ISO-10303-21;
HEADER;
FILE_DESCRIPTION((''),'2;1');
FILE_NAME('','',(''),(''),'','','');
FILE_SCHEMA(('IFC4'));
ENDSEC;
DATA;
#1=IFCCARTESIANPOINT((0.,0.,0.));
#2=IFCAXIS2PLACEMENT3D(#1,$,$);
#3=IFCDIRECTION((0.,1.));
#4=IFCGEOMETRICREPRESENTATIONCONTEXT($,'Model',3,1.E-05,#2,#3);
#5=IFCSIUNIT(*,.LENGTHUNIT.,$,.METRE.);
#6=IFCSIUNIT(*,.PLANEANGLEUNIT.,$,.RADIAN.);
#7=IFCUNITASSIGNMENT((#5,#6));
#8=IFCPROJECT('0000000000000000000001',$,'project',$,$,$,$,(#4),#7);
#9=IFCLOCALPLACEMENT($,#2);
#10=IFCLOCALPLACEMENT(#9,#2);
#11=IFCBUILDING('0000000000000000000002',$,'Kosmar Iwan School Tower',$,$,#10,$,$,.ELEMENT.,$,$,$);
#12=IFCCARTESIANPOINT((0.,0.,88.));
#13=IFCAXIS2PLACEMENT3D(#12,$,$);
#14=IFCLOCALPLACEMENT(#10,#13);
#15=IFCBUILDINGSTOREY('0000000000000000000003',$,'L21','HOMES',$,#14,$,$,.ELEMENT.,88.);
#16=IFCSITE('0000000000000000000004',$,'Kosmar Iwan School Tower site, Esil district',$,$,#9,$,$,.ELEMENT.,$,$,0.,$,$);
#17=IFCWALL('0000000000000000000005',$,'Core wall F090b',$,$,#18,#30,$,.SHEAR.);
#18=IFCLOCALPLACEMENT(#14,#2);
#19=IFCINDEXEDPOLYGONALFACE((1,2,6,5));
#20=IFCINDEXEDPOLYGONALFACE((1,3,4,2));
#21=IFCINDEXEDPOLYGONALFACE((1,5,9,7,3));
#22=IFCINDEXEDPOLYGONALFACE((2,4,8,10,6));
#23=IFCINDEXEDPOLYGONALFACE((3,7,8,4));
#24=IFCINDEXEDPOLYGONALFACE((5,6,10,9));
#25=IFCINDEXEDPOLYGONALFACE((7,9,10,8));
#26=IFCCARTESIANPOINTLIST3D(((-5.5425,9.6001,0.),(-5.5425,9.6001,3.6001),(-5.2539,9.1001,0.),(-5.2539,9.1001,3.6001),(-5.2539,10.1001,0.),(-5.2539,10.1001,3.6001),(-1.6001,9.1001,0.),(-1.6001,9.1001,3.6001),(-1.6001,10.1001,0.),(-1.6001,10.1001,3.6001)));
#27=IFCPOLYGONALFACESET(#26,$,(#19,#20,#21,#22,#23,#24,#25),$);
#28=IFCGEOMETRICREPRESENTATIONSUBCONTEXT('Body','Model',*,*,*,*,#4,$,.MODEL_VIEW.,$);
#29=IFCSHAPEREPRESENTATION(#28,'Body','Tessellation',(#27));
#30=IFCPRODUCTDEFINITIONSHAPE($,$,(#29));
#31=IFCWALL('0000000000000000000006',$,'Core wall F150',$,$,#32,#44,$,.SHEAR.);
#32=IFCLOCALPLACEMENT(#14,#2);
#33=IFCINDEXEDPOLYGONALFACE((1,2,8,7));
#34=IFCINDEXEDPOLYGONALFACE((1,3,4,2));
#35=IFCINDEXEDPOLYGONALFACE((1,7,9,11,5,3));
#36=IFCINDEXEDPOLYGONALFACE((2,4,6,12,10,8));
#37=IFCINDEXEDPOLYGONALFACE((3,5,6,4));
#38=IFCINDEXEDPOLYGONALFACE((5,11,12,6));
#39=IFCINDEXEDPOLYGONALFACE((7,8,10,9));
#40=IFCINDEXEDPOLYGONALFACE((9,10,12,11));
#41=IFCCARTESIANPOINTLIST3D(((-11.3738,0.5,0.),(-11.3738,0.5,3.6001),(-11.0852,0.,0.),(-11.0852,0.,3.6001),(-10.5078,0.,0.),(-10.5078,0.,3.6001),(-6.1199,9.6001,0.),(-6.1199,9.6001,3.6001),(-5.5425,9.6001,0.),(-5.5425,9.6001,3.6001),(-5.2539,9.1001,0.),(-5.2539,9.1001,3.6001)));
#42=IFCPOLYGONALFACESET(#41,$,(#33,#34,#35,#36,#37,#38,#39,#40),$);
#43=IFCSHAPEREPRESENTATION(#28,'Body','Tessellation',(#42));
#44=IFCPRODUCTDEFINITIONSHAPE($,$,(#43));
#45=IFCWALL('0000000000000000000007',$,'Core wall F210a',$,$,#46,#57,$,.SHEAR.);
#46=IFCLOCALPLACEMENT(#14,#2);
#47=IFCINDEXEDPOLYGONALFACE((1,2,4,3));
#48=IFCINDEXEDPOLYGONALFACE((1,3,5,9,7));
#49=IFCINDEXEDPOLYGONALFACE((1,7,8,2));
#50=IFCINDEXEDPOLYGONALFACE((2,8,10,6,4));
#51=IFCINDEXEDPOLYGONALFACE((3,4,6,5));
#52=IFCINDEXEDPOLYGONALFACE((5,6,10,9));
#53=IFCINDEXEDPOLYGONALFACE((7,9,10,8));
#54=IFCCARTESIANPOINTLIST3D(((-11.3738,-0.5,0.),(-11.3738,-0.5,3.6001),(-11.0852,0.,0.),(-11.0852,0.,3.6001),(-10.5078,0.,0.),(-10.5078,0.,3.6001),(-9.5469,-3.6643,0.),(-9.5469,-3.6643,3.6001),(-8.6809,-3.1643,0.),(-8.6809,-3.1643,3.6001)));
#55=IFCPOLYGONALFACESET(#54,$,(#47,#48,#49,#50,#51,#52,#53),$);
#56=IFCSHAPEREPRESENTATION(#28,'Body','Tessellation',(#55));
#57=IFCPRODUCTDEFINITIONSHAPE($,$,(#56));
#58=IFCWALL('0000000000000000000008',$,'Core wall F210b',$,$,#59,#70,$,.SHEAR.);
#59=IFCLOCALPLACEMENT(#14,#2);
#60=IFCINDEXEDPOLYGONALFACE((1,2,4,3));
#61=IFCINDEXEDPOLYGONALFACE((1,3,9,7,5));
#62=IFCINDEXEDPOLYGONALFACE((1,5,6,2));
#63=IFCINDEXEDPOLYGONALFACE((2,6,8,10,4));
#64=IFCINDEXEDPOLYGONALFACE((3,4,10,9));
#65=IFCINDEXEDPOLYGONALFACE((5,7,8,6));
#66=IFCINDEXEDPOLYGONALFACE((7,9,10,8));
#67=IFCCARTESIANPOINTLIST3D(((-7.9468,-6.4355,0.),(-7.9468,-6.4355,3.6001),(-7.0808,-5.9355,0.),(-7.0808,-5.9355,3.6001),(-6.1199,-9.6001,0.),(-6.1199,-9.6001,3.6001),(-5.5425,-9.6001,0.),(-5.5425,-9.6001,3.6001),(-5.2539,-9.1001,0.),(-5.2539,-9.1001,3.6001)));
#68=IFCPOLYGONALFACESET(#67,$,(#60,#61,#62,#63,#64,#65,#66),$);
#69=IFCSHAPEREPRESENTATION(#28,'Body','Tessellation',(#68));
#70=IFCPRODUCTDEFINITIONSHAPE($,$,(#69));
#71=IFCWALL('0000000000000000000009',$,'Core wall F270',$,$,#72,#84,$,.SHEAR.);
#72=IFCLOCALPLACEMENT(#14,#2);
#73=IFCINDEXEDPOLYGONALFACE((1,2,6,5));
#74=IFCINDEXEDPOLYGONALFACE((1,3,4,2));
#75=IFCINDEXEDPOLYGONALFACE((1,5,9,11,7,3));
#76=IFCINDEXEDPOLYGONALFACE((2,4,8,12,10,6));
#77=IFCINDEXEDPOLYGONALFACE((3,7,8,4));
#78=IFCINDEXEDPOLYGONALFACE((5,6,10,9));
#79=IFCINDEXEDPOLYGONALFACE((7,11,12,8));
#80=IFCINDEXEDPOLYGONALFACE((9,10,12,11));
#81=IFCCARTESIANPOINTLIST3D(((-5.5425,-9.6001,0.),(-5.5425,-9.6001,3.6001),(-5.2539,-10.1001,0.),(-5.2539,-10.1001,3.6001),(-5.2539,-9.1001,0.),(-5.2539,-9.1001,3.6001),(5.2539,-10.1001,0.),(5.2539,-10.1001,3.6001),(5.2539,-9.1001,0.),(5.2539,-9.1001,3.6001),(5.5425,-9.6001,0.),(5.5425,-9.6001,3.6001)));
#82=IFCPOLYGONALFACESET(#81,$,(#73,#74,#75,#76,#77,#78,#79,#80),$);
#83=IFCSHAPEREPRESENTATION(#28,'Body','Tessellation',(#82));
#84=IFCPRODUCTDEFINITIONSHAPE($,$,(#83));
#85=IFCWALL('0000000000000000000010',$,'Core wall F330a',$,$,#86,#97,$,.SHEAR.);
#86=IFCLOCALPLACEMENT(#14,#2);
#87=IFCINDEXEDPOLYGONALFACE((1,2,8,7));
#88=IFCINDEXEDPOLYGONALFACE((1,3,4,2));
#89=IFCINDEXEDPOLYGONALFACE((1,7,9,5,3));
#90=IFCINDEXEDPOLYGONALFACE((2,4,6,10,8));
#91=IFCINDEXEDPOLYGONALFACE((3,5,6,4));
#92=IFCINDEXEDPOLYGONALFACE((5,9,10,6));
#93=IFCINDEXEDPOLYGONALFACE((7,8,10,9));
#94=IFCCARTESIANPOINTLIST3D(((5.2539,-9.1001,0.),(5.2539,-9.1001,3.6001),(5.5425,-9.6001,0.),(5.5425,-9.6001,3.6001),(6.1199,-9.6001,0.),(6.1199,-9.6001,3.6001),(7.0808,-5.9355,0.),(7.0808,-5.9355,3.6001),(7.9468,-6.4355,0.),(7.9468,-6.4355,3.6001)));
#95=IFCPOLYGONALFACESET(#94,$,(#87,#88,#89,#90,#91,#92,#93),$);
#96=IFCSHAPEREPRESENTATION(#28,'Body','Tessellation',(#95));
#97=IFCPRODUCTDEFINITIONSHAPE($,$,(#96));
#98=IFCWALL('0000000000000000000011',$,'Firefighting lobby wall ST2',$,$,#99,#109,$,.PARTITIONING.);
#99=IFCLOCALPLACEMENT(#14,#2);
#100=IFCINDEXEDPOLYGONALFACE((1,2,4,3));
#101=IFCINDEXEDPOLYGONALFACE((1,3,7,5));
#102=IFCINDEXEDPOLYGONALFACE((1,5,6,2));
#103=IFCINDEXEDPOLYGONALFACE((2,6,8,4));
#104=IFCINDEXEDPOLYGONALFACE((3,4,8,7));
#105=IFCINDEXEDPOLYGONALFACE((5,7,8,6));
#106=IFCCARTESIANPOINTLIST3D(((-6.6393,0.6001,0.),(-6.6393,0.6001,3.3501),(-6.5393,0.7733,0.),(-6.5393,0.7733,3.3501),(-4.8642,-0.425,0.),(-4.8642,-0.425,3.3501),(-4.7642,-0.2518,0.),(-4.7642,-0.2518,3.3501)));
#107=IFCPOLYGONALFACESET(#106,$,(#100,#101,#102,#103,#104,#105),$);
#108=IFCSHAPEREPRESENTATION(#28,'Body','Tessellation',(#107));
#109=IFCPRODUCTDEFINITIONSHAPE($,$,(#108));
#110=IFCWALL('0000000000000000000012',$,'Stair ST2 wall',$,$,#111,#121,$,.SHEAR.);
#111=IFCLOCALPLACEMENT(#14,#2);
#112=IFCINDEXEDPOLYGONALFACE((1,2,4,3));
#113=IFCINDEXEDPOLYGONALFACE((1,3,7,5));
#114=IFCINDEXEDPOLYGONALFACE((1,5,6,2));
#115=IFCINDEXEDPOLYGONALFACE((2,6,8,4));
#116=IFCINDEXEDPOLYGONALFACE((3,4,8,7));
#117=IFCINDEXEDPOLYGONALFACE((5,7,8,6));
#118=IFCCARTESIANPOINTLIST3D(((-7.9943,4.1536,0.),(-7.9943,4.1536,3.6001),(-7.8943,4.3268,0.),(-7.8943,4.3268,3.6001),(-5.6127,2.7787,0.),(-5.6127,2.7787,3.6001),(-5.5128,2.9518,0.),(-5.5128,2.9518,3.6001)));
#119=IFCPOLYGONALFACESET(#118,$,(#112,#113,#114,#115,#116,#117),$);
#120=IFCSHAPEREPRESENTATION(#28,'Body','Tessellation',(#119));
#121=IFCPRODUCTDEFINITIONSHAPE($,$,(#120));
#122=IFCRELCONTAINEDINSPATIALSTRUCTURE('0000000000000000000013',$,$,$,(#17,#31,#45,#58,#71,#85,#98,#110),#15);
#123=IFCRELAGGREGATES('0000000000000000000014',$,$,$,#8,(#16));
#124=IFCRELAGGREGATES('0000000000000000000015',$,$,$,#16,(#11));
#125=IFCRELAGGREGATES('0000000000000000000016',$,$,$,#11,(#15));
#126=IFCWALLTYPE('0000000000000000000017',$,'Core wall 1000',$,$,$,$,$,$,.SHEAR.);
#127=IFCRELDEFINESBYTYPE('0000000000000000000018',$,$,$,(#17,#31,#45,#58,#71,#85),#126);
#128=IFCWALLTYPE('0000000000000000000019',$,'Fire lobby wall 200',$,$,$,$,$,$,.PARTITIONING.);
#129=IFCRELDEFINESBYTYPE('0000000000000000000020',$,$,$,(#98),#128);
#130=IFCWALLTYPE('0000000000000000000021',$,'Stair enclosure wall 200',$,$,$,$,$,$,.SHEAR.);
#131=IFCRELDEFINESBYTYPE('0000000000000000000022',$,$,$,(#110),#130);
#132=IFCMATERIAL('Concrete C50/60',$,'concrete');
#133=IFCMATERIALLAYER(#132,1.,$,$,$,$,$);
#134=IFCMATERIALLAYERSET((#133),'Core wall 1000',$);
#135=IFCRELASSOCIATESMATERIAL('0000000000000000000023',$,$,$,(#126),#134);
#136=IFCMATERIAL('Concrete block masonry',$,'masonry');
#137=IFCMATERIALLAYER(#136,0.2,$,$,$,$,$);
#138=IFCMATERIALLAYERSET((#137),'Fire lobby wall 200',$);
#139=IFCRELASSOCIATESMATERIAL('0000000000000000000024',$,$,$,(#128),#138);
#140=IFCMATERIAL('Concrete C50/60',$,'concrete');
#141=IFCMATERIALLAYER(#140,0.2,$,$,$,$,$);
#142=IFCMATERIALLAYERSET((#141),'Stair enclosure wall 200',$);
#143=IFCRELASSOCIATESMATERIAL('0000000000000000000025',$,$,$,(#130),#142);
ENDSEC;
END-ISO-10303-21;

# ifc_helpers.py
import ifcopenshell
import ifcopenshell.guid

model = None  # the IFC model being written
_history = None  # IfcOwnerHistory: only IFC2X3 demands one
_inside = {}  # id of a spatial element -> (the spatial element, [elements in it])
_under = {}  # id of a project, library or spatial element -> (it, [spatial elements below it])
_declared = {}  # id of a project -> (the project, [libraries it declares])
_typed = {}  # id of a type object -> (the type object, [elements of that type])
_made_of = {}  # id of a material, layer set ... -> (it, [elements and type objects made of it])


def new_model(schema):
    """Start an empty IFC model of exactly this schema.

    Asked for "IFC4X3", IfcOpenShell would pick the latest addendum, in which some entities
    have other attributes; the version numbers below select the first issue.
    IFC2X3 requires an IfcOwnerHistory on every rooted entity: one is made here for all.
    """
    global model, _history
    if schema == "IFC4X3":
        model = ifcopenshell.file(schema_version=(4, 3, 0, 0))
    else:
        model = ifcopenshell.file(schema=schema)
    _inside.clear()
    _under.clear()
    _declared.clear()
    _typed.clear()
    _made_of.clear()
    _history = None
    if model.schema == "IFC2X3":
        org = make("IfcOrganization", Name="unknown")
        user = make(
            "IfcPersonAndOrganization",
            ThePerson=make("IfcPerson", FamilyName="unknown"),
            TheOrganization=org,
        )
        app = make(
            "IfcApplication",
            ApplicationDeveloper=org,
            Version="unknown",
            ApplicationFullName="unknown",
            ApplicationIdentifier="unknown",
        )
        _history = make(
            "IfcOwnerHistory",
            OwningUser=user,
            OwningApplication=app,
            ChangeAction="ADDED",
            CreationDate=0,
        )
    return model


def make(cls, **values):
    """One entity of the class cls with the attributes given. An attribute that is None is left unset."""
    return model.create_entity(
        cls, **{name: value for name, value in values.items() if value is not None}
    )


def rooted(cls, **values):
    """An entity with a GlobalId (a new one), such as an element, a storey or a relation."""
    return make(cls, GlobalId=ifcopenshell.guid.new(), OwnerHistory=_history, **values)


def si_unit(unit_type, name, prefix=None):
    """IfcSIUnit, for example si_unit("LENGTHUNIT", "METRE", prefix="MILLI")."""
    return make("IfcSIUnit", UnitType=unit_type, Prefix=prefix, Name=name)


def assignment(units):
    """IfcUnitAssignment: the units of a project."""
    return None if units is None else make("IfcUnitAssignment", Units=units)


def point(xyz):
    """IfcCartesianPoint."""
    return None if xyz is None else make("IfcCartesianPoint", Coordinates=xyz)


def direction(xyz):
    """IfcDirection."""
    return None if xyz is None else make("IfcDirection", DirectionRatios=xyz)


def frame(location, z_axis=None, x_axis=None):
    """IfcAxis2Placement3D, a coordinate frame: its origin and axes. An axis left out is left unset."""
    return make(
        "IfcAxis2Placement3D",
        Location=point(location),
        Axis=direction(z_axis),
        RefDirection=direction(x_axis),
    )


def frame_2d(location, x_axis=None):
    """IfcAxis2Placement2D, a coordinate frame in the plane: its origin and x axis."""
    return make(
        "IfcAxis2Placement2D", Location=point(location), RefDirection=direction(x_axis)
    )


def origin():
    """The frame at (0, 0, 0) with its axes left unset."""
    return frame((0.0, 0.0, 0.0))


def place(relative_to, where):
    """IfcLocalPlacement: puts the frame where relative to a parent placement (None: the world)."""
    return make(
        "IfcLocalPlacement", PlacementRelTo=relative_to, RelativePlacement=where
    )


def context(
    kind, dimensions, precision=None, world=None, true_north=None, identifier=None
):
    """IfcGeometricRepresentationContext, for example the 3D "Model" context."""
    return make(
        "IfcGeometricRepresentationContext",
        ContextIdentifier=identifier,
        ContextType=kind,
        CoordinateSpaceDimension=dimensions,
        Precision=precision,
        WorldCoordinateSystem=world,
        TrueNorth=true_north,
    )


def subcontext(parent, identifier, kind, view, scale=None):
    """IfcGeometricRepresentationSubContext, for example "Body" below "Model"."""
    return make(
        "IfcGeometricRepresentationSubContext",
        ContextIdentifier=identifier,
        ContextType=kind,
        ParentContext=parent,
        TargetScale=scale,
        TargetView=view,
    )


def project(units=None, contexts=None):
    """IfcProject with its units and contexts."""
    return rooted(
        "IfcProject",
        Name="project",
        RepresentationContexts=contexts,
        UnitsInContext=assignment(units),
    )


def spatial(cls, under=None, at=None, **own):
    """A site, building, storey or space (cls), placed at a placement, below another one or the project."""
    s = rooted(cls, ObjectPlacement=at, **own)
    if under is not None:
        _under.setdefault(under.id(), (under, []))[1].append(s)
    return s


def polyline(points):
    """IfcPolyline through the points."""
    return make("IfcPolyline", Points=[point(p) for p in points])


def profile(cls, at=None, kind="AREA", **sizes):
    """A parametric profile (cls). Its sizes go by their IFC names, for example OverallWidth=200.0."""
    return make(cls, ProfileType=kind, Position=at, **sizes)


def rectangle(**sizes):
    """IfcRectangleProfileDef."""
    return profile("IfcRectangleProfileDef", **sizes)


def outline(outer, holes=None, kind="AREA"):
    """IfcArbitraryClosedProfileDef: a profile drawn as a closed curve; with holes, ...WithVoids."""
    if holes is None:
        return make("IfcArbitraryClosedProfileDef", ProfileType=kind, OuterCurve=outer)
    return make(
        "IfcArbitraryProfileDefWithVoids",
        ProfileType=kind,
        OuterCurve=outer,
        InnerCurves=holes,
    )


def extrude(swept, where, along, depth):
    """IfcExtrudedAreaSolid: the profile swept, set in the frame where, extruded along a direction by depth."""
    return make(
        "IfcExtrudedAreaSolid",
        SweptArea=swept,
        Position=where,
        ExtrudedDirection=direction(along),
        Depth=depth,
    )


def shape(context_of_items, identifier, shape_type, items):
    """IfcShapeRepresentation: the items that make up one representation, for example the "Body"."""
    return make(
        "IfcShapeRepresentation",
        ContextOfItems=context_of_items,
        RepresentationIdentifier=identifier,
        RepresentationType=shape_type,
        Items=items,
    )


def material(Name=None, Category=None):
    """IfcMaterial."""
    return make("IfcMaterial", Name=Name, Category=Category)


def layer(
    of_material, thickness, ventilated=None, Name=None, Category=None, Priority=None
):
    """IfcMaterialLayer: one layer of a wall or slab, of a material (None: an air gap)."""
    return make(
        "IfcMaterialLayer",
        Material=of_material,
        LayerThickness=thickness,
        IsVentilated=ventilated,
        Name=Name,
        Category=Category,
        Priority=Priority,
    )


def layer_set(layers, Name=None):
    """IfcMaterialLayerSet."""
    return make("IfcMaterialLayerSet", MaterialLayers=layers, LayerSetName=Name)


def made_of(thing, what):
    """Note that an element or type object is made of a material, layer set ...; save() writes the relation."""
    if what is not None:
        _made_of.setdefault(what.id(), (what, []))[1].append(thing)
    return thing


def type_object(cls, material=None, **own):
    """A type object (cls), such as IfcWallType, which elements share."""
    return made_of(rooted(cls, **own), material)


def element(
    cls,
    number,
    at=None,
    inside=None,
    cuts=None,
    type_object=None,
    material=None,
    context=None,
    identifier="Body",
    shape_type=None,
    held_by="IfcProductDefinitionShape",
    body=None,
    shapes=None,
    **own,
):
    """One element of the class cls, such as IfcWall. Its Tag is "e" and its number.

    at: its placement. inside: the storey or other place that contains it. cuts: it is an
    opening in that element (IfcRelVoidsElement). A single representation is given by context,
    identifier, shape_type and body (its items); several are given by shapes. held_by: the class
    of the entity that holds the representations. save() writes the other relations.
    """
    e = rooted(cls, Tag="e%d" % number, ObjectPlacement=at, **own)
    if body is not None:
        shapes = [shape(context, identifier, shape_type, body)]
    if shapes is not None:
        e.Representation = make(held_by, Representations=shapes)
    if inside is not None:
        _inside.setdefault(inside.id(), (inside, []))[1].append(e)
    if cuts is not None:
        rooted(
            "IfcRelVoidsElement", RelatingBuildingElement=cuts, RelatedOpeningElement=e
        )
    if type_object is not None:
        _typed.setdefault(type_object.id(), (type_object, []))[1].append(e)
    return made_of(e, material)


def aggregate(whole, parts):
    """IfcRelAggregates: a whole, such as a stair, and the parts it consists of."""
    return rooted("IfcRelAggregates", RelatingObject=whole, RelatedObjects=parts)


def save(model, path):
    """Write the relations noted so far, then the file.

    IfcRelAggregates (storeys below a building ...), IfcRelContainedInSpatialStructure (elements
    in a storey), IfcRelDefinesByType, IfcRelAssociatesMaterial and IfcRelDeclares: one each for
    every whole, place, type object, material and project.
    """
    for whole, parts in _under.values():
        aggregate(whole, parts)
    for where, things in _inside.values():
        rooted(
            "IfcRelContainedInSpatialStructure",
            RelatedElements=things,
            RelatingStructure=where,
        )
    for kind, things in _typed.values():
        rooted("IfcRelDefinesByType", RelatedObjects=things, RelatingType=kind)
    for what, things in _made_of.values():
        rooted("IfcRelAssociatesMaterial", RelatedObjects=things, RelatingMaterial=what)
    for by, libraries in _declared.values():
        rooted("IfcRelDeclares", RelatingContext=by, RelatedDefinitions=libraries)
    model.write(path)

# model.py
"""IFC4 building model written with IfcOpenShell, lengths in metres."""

from ifc_helpers import new_model, si_unit, direction, frame, frame_2d, origin, place, context, subcontext, project, spatial, polyline, rectangle, outline, extrude, material, layer, layer_set, type_object, element, save


model = new_model("IFC4")

# Units and contexts
model_context = context("Model", 3, precision=1e-05, world=origin(), true_north=direction((0.0, 1.0)))
body_context = subcontext(model_context, "Body", "Model", "MODEL_VIEW")
ifc_project = project(units=[si_unit("LENGTHUNIT", "METRE"), si_unit("PLANEANGLEUNIT", "RADIAN")], contexts=[model_context])

# Site, building, storey
site_placement = place(None, origin())
site = spatial("IfcSite", under=ifc_project, at=site_placement, Name="Kosmar Iwan School Tower site, Esil district", CompositionType="ELEMENT", RefElevation=0.0)
building_placement = place(site_placement, origin())
building = spatial("IfcBuilding", under=site, at=building_placement, Name="Kosmar Iwan School Tower", CompositionType="ELEMENT")
storey_placement = place(building_placement, frame((0.0, 0.0, 88.0)))
storey = spatial("IfcBuildingStorey", under=building, at=storey_placement, Name="L21", Description="HOMES", CompositionType="ELEMENT", Elevation=88.0)

# Walls
ifc_material_1 = material(Name="Concrete C50/60", Category="concrete")
ifc_layer_1 = layer(ifc_material_1, 1.0)
ifc_layer_set_1 = layer_set([ifc_layer_1], Name="Core wall 1000")
wall_type_1 = type_object("IfcWallType", Name="Core wall 1000", PredefinedType="SHEAR", material=ifc_layer_set_1)
wall_1_placement = place(storey_placement, origin())
element("IfcWall", 1, at=wall_1_placement, inside=storey, type_object=wall_type_1, Name="Core wall F090b", PredefinedType="SHEAR", context=body_context, shape_type="SweptSolid", body=[
    extrude(outline(polyline([(-5.2539, 9.1001), (-1.6001, 9.1001), (-1.6001, 10.1001), (-5.2539, 10.1001), (-5.5425, 9.6001), (-5.2539, 9.1001)])), origin(), (0.0, 0.0, 1.0), 3.6001),
])
wall_2_placement = place(storey_placement, origin())
element("IfcWall", 2, at=wall_2_placement, inside=storey, type_object=wall_type_1, Name="Core wall F150", PredefinedType="SHEAR", context=body_context, shape_type="SweptSolid", body=[
    extrude(outline(polyline([(-11.0852, 0.0), (-10.5078, 0.0), (-5.2539, 9.1001), (-5.5425, 9.6001), (-6.1199, 9.6001), (-11.3738, 0.5), (-11.0852, 0.0)])), origin(), (0.0, 0.0, 1.0), 3.6001),
])
wall_3_placement = place(storey_placement, origin())
element("IfcWall", 3, at=wall_3_placement, inside=storey, type_object=wall_type_1, Name="Core wall F210a", PredefinedType="SHEAR", context=body_context, shape_type="SweptSolid", body=[
    extrude(outline(polyline([(-9.5469, -3.6643), (-8.6809, -3.1643), (-10.5078, 0.0), (-11.0852, 0.0), (-11.3738, -0.5), (-9.5469, -3.6643)])), origin(), (0.0, 0.0, 1.0), 3.6001),
])
wall_4_placement = place(storey_placement, origin())
element("IfcWall", 4, at=wall_4_placement, inside=storey, type_object=wall_type_1, Name="Core wall F210b", PredefinedType="SHEAR", context=body_context, shape_type="SweptSolid", body=[
    extrude(outline(polyline([(-6.1199, -9.6001), (-5.5425, -9.6001), (-5.2539, -9.1001), (-7.0808, -5.9355), (-7.9468, -6.4355), (-6.1199, -9.6001)])), origin(), (0.0, 0.0, 1.0), 3.6001),
])
wall_5_placement = place(storey_placement, origin())
element("IfcWall", 5, at=wall_5_placement, inside=storey, type_object=wall_type_1, Name="Core wall F270", PredefinedType="SHEAR", context=body_context, shape_type="SweptSolid", body=[
    extrude(outline(polyline([(-5.2539, -10.1001), (5.2539, -10.1001), (5.5425, -9.6001), (5.2539, -9.1001), (-5.2539, -9.1001), (-5.5425, -9.6001), (-5.2539, -10.1001)])), origin(), (0.0, 0.0, 1.0), 3.6001),
])
wall_6_placement = place(storey_placement, origin())
element("IfcWall", 6, at=wall_6_placement, inside=storey, type_object=wall_type_1, Name="Core wall F330a", PredefinedType="SHEAR", context=body_context, shape_type="SweptSolid", body=[
    extrude(outline(polyline([(5.5425, -9.6001), (6.1199, -9.6001), (7.9468, -6.4355), (7.0808, -5.9355), (5.2539, -9.1001), (5.5425, -9.6001)])), origin(), (0.0, 0.0, 1.0), 3.6001),
])
ifc_material_2 = material(Name="Concrete block masonry", Category="masonry")
ifc_layer_2 = layer(ifc_material_2, 0.2)
ifc_layer_set_2 = layer_set([ifc_layer_2], Name="Fire lobby wall 200")
wall_type_2 = type_object("IfcWallType", Name="Fire lobby wall 200", PredefinedType="PARTITIONING", material=ifc_layer_set_2)
wall_7_placement = place(storey_placement, frame((-4.8142, -0.3384, 0.0), z_axis=(0.0, 0.0, 1.0), x_axis=(-0.865969, 0.500097, 0.0)))
element("IfcWall", 7, at=wall_7_placement, inside=storey, type_object=wall_type_2, Name="Firefighting lobby wall ST2", PredefinedType="PARTITIONING", context=body_context, shape_type="SweptSolid", body=[
    extrude(rectangle(XDim=2.0498, YDim=0.2, at=frame_2d((1.0249, 0.0))), origin(), (0.0, 0.0, 1.0), 3.3501),
])
ifc_material_3 = material(Name="Concrete C50/60", Category="concrete")
ifc_layer_3 = layer(ifc_material_3, 0.2)
ifc_layer_set_3 = layer_set([ifc_layer_3], Name="Stair enclosure wall 200")
wall_type_3 = type_object("IfcWallType", Name="Stair enclosure wall 200", PredefinedType="SHEAR", material=ifc_layer_set_3)
wall_8_placement = place(storey_placement, frame((-5.5627, 2.8652, 0.0), z_axis=(0.0, 0.0, 1.0), x_axis=(-0.866027, 0.499997, 0.0)))
element("IfcWall", 8, at=wall_8_placement, inside=storey, type_object=wall_type_3, Name="Stair ST2 wall", PredefinedType="SHEAR", context=body_context, shape_type="SweptSolid", body=[
    extrude(rectangle(XDim=2.75, YDim=0.2, at=frame_2d((1.375, 0.0))), origin(), (0.0, 0.0, 1.0), 3.6001),
])

save(model, "model.ifc")
